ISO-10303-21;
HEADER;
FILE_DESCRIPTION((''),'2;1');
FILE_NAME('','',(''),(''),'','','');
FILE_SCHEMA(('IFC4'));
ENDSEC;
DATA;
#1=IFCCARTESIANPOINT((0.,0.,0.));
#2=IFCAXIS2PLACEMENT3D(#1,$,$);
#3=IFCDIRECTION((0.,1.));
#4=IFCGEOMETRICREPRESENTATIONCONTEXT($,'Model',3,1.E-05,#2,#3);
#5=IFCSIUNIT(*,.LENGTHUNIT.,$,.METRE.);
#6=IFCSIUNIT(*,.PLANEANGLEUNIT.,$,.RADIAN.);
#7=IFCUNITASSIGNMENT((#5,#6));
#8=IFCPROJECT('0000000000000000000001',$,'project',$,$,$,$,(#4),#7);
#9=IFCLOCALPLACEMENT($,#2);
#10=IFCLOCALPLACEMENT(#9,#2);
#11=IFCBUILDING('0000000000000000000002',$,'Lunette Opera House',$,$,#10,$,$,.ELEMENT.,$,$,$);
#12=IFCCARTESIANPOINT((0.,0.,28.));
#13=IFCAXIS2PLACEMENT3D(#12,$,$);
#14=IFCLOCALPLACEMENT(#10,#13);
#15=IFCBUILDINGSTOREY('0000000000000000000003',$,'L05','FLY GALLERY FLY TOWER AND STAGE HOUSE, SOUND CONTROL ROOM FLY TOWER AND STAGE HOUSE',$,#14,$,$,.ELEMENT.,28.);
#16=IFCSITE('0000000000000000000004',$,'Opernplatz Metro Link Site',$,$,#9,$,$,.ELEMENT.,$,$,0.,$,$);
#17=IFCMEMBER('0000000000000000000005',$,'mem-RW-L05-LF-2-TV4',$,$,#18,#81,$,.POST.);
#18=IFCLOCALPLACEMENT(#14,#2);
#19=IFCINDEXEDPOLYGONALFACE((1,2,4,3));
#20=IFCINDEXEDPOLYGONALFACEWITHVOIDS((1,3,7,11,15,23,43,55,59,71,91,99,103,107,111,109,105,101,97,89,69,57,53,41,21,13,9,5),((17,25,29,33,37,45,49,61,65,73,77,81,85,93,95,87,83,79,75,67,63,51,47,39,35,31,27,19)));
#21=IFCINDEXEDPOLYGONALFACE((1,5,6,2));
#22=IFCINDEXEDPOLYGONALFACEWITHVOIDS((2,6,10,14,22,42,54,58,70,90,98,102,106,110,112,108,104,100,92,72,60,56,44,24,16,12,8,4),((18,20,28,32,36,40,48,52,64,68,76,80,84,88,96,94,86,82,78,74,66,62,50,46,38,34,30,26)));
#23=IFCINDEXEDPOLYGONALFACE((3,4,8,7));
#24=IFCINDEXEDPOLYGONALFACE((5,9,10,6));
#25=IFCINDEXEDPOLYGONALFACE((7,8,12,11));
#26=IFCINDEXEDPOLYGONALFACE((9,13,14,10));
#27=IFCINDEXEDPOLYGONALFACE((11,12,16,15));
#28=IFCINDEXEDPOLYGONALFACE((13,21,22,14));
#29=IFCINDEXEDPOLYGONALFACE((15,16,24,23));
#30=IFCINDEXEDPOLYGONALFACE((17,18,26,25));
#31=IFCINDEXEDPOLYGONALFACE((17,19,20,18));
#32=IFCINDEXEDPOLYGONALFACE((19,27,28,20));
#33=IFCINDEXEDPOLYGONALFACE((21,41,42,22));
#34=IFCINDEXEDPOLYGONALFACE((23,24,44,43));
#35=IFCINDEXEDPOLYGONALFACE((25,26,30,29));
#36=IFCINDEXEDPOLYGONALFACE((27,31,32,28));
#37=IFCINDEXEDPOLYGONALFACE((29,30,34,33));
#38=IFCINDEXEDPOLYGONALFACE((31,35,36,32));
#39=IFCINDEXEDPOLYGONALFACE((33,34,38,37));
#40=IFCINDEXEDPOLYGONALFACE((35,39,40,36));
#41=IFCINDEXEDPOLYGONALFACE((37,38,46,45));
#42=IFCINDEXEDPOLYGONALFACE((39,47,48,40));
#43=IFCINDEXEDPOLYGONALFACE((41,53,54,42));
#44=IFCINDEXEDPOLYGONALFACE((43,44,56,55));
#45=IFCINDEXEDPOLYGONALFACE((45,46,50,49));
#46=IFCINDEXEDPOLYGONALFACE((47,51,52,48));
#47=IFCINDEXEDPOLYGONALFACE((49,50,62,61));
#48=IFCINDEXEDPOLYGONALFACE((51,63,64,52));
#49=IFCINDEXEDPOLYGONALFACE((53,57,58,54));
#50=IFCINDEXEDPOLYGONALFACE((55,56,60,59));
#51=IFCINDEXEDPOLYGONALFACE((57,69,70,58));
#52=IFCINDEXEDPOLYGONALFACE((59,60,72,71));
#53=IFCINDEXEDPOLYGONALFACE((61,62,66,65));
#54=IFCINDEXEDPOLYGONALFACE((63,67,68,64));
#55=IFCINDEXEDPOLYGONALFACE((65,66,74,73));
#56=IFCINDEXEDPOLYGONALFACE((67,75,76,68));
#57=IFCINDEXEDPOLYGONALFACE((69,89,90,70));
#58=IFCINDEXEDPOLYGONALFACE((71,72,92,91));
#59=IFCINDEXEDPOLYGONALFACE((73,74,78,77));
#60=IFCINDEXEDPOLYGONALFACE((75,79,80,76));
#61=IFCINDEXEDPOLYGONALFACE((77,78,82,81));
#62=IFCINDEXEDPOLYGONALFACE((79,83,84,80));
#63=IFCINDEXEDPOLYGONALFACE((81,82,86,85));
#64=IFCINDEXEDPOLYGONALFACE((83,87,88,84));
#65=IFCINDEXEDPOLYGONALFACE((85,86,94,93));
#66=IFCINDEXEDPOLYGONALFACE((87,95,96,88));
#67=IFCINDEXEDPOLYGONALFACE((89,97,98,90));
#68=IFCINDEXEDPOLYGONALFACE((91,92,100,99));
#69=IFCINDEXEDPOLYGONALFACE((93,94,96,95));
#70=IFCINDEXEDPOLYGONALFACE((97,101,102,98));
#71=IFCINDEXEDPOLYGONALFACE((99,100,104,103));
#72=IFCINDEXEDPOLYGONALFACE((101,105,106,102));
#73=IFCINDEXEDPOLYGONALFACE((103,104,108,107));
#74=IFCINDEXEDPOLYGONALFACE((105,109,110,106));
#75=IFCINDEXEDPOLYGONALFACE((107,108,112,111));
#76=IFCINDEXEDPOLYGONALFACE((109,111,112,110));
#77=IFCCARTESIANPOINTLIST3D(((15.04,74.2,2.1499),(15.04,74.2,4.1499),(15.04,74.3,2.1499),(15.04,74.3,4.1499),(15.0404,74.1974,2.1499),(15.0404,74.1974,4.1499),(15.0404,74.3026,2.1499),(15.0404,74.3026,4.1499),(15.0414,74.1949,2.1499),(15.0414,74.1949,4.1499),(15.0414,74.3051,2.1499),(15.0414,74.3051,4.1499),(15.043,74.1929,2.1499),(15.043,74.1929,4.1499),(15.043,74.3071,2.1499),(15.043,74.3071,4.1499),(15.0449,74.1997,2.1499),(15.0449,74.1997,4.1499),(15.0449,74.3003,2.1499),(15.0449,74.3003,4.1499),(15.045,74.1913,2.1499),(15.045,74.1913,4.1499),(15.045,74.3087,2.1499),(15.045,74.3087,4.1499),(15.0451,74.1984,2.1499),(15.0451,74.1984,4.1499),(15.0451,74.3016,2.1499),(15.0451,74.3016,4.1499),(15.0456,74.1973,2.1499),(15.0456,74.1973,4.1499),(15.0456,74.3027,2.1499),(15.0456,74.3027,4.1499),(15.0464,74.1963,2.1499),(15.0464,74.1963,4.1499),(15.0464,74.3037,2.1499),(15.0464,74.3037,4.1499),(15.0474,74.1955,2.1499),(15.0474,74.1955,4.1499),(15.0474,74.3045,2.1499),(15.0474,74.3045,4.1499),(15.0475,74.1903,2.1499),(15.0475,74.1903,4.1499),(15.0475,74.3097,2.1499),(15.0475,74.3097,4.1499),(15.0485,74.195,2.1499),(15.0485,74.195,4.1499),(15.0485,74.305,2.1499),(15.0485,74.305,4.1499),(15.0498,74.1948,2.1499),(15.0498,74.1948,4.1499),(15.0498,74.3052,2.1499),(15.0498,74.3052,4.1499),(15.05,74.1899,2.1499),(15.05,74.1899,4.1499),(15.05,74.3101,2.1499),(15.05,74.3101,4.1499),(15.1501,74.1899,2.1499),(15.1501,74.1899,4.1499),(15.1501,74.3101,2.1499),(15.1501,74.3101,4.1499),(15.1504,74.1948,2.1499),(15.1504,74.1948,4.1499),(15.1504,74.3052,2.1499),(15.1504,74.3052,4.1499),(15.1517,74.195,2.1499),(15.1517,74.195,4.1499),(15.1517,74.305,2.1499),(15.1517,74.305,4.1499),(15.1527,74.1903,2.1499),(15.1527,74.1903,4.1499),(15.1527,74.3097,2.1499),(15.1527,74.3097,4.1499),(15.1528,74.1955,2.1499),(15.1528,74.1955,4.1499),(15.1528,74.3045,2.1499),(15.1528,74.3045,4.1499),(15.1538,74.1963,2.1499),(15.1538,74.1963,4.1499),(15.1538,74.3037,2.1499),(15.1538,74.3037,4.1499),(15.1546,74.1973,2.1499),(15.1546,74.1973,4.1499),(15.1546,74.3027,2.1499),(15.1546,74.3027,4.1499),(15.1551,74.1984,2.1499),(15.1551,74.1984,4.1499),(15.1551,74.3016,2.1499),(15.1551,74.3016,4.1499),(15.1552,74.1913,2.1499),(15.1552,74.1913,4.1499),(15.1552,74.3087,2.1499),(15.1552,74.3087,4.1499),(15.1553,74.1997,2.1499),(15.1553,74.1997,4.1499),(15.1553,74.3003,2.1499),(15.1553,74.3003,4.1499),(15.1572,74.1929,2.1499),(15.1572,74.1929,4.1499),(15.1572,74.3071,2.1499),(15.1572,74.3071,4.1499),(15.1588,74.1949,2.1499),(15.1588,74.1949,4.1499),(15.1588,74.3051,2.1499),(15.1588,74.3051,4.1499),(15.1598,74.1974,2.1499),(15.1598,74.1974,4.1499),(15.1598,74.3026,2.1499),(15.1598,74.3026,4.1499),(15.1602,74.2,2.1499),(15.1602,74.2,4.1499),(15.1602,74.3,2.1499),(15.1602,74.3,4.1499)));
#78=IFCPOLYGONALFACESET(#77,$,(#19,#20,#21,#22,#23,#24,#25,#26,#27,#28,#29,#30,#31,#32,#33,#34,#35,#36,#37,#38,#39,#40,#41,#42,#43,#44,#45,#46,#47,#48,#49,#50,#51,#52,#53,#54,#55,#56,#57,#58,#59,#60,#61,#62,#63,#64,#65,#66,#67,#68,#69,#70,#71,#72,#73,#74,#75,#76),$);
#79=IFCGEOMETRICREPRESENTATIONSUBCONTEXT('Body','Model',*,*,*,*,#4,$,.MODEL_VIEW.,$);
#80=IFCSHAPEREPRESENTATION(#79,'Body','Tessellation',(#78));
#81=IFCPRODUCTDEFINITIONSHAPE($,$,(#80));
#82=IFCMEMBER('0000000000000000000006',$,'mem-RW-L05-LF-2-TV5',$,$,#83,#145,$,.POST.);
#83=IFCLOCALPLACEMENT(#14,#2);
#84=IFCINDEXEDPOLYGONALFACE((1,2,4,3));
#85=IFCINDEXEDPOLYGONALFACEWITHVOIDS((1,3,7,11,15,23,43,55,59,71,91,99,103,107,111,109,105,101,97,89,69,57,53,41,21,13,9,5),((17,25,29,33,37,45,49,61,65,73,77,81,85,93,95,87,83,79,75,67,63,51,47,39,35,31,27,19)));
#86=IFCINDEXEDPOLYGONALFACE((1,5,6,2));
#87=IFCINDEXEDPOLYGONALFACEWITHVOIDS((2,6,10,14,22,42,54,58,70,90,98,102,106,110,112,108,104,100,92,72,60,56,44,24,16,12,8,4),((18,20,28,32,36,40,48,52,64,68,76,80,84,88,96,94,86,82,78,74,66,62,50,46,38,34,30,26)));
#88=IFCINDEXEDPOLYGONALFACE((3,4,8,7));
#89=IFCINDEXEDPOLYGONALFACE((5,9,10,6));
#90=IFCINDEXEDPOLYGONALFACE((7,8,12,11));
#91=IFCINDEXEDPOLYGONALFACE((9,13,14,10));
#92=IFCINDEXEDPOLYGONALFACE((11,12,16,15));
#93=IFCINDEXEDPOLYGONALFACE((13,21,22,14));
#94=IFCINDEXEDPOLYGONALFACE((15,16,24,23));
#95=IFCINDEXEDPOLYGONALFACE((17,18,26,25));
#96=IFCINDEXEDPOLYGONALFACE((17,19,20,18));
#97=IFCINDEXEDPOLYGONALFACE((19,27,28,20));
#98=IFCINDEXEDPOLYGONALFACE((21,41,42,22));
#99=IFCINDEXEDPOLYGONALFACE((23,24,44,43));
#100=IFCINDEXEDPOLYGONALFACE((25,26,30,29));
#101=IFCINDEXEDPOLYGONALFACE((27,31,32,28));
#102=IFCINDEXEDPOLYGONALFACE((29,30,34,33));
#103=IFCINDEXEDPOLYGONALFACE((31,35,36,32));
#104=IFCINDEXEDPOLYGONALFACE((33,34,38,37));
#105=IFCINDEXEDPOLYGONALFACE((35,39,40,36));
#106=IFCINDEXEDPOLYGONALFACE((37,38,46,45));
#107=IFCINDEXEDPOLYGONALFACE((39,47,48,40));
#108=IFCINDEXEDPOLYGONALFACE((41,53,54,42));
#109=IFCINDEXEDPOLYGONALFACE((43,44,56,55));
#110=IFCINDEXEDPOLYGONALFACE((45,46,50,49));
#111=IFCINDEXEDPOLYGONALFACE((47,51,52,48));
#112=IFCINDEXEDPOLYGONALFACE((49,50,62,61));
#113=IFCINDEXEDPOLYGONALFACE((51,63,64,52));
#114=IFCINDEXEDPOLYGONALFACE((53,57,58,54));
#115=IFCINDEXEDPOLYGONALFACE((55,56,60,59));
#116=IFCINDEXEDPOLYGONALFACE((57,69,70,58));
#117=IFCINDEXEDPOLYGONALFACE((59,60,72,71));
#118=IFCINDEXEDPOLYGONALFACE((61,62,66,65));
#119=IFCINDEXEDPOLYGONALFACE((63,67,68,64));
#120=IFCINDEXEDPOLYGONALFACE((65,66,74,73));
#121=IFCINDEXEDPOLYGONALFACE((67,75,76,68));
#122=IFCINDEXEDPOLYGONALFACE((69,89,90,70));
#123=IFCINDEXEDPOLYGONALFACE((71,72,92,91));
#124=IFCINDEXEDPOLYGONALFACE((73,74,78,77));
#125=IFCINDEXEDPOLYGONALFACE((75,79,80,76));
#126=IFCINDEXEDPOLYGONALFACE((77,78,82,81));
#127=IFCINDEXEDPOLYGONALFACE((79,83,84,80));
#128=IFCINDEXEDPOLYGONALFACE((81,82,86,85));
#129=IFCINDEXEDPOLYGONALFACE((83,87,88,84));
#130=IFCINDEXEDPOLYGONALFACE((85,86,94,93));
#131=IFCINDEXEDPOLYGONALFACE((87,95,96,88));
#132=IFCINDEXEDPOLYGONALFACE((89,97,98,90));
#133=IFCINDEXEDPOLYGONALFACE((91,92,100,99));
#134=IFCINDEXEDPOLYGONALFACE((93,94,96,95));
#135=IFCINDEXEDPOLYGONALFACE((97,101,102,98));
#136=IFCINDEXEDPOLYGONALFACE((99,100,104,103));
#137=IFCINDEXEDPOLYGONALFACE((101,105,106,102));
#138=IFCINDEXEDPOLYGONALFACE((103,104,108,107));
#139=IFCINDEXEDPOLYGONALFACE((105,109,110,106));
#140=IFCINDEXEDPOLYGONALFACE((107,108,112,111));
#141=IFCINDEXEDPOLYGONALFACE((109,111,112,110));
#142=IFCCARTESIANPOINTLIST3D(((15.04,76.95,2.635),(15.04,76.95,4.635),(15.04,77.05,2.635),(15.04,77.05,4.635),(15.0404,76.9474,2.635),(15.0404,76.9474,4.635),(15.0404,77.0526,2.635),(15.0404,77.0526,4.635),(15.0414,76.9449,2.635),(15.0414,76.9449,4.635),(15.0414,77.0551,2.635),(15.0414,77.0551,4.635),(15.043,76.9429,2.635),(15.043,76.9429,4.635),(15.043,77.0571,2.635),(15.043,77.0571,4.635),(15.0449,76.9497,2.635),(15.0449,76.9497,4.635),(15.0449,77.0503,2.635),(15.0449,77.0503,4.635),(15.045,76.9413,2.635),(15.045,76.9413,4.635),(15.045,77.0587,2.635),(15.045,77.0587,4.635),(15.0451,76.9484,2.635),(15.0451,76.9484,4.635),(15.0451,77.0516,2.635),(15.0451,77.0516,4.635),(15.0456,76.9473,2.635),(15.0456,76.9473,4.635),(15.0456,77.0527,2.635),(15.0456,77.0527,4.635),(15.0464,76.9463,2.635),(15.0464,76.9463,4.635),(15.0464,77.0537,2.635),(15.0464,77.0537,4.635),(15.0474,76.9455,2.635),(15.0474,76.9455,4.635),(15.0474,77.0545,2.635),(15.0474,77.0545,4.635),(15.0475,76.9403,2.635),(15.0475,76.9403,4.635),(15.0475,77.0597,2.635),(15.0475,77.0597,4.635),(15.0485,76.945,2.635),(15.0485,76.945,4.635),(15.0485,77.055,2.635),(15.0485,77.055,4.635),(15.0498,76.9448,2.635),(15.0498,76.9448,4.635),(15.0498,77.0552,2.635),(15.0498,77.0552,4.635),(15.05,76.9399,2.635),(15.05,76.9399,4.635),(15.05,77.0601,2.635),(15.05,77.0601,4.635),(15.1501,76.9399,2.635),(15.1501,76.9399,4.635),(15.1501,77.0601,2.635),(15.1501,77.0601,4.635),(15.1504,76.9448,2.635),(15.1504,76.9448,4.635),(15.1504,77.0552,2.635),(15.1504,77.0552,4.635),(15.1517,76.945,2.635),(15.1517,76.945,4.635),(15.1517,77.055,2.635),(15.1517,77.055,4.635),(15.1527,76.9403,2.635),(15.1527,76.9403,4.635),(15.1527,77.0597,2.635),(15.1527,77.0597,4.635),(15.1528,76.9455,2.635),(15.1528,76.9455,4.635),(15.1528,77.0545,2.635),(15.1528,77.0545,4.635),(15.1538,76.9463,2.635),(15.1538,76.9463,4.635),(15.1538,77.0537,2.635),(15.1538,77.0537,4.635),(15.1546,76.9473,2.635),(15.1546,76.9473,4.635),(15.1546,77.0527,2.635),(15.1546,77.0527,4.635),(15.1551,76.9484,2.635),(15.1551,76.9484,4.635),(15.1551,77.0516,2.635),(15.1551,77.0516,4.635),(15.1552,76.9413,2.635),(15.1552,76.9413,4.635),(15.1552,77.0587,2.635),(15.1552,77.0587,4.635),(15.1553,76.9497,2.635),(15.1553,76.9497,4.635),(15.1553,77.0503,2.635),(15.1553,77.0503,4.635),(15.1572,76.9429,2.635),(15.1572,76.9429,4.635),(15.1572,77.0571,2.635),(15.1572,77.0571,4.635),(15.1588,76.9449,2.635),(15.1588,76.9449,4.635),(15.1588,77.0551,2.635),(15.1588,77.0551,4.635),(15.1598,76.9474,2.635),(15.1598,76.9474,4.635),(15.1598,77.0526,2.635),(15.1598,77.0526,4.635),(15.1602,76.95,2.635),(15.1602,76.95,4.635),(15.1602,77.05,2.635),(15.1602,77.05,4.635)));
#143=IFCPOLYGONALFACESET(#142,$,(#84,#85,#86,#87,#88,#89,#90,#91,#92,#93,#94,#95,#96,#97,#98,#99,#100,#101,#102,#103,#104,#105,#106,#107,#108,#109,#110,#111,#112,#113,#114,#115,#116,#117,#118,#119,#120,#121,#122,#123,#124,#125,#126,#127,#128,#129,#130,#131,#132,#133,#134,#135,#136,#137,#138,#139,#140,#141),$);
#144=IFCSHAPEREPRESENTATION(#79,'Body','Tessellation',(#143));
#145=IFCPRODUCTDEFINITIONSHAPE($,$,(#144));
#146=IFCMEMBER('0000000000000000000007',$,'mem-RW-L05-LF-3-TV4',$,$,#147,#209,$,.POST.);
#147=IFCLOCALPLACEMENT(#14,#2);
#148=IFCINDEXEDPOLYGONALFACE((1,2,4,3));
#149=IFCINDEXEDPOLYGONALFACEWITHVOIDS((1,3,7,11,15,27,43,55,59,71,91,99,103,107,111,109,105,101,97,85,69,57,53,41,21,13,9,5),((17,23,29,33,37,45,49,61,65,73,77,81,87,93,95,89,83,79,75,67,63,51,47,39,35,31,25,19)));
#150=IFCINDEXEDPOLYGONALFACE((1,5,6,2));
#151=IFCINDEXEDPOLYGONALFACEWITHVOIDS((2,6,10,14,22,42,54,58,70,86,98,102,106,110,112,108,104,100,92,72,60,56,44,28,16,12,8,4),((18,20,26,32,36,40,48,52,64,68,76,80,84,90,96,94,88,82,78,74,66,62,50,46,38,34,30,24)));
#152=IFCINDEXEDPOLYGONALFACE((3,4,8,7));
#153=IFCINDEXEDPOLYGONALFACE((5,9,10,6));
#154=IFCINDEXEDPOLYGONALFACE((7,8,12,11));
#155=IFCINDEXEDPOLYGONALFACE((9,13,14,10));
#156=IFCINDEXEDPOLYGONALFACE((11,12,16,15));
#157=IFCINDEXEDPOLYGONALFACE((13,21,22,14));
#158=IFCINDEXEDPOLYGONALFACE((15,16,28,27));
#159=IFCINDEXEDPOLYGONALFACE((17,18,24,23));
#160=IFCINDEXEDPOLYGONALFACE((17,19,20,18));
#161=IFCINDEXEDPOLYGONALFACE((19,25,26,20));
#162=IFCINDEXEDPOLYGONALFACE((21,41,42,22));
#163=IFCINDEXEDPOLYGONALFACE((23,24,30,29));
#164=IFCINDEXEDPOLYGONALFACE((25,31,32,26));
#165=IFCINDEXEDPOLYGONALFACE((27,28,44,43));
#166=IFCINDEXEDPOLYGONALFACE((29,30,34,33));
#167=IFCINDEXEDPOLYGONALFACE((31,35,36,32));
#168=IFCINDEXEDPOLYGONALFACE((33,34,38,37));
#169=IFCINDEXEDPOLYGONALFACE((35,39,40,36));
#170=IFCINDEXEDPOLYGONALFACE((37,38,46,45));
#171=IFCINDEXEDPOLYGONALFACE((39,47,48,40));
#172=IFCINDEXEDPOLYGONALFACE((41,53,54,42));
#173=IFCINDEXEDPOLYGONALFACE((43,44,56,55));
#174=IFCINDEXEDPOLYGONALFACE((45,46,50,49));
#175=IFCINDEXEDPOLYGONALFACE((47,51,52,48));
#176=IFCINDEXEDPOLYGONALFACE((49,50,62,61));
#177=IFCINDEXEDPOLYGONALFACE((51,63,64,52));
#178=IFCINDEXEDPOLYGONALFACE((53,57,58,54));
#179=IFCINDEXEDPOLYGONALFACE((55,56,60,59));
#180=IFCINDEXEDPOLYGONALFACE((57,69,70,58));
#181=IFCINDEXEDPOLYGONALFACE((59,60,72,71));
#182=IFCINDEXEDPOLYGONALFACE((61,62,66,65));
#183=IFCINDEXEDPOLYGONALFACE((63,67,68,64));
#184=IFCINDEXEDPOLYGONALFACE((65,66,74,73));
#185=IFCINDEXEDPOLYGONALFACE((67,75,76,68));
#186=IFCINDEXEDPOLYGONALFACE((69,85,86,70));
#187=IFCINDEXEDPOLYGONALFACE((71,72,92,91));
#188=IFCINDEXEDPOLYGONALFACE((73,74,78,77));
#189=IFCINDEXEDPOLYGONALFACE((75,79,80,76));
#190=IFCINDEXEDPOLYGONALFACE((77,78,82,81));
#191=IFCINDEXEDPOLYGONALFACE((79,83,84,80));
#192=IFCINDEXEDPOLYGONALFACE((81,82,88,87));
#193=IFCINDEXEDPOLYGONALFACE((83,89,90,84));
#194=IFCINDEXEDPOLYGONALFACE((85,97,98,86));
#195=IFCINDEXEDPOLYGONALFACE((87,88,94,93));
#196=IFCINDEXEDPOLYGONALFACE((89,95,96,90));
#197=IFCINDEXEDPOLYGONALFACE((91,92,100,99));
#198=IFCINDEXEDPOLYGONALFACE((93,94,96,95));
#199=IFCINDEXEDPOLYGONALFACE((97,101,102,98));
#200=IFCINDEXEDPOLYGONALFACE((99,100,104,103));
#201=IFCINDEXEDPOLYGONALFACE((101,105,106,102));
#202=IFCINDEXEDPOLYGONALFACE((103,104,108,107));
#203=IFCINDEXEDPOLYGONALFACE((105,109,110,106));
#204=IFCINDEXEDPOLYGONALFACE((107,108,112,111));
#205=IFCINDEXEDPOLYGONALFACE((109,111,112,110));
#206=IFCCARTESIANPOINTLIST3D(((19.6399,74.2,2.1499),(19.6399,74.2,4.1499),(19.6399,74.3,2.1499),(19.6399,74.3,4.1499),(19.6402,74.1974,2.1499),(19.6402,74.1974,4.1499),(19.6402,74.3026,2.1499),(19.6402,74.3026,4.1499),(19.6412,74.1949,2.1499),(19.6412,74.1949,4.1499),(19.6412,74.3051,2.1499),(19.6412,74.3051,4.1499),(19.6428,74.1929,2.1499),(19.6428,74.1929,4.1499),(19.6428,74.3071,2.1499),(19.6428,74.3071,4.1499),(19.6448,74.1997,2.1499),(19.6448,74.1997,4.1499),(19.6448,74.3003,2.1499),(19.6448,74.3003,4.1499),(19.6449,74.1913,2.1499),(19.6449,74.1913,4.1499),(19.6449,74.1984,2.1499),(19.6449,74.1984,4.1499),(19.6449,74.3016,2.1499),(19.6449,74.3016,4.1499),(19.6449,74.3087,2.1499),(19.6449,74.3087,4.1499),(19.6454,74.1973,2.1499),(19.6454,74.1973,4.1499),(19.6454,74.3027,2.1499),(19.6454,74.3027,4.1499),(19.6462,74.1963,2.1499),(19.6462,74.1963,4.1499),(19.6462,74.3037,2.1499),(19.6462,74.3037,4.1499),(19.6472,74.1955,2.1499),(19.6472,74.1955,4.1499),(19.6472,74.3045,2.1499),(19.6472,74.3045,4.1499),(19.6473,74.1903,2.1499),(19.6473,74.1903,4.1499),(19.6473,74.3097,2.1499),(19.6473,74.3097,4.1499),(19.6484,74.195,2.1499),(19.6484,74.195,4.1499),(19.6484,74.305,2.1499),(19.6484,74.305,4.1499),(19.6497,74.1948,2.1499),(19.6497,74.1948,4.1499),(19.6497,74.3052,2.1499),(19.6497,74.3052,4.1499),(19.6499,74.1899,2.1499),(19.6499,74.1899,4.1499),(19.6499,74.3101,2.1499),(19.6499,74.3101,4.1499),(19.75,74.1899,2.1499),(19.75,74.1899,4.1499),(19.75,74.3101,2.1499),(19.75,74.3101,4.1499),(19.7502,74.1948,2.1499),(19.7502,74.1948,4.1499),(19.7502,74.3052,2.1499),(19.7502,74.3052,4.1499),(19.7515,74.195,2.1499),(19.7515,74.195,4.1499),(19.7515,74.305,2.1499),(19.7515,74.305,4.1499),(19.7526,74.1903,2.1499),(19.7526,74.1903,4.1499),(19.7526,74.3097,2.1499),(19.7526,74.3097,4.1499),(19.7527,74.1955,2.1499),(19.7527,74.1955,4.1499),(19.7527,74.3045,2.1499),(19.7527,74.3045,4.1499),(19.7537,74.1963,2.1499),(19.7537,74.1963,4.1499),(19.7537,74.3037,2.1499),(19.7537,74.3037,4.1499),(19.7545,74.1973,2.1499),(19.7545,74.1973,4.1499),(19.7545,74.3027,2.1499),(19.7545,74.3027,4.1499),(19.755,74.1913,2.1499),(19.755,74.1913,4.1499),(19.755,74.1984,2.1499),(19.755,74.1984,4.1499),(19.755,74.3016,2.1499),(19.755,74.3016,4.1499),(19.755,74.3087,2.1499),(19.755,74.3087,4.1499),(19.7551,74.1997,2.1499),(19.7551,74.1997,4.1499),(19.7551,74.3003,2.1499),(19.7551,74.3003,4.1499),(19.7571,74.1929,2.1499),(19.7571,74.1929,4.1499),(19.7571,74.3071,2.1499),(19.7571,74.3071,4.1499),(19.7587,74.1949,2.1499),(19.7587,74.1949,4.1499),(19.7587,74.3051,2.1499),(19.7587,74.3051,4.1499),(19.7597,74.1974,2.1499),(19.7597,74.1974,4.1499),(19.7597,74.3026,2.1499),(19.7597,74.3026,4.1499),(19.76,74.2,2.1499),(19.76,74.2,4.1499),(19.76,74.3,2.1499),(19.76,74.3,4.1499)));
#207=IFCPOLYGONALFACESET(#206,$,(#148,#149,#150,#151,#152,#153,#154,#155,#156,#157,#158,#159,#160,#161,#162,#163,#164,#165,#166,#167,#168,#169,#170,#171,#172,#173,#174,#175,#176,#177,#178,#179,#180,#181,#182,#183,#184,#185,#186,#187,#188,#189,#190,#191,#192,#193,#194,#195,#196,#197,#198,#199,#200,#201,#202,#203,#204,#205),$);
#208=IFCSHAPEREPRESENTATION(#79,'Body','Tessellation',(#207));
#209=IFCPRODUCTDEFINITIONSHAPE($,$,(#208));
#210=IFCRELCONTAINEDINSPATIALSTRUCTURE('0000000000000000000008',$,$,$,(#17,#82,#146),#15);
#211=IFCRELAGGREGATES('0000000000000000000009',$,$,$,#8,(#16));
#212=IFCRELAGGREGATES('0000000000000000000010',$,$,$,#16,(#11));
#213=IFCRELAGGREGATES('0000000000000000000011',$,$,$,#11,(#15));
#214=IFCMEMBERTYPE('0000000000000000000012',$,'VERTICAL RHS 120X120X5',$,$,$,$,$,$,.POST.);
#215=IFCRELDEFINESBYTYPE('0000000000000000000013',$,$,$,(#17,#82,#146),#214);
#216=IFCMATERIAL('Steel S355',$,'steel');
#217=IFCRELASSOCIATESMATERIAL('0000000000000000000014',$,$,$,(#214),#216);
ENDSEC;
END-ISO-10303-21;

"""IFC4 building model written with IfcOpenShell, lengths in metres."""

from ifc_helpers import new_model, si_unit, direction, frame, origin, origin_2d, place, context, subcontext, project, spatial, hollow_rectangle, extrude, material, material_profile, profile_set, type_object, element, save


model = new_model("IFC4")

# Units and contexts
model_context = context("Model", 3, precision=1e-05, world=origin(), true_north=direction((0.0, 1.0)))
body_context = subcontext(model_context, "Body", "Model", "MODEL_VIEW")
ifc_project = project(units=[si_unit("LENGTHUNIT", "METRE"), si_unit("PLANEANGLEUNIT", "RADIAN")], contexts=[model_context])

# Site, building, storey
site_placement = place(None, origin())
site = spatial("IfcSite", under=ifc_project, at=site_placement, Name="Opernplatz Metro Link Site", CompositionType="ELEMENT", RefElevation=0.0)
building_placement = place(site_placement, origin())
building = spatial("IfcBuilding", under=site, at=building_placement, Name="Lunette Opera House", CompositionType="ELEMENT")
storey_placement = place(building_placement, frame((0.0, 0.0, 28.0)))
storey = spatial("IfcBuildingStorey", under=building, at=storey_placement, Name="L05", Description="FLY GALLERY FLY TOWER AND STAGE HOUSE, SOUND CONTROL ROOM FLY TOWER AND STAGE HOUSE", CompositionType="ELEMENT", Elevation=28.0)

# Members
ifc_material_1 = material(Name="Steel S355", Category="steel")
ifc_material_profile_1 = material_profile(ifc_material_1, hollow_rectangle(XDim=0.1201, YDim=0.1201, WallThickness=0.0049, InnerFilletRadius=0.0049, OuterFilletRadius=0.01, at=origin_2d()), Name="RHS 120X120X5")
ifc_profile_set_1 = profile_set([ifc_material_profile_1], Name="Steel S355")
member_type_1 = type_object("IfcMemberType", Name="VERTICAL RHS 120X120X5", PredefinedType="POST", material=ifc_profile_set_1)
for number, where, z_axis, x_axis, name in (
    (1, (15.1001, 74.25, 2.1499), (0.0, 0.0, 1.0), (1.0, 0.0, 0.0), "mem-RW-L05-LF-2-TV4"),
    (2, (15.1001, 77.0, 2.635), (0.0, 0.0, 1.0), (1.0, 0.0, 0.0), "mem-RW-L05-LF-2-TV5"),
    (3, (19.7, 74.25, 2.1499), (0.0, 0.0, 1.0), (1.0, 0.0, 0.0), "mem-RW-L05-LF-3-TV4"),
):
    element("IfcMember", number, at=place(storey_placement, frame(where, z_axis=z_axis, x_axis=x_axis)), inside=storey, type_object=member_type_1, Name=name, PredefinedType="POST", context=body_context, shape_type="SweptSolid", body=[
        extrude(hollow_rectangle(XDim=0.1201, YDim=0.1201, WallThickness=0.0049, InnerFilletRadius=0.0049, OuterFilletRadius=0.01, at=origin_2d()), origin(), (0.0, 0.0, 1.0), 2.0),
    ])

save(model, "model.ifc")
